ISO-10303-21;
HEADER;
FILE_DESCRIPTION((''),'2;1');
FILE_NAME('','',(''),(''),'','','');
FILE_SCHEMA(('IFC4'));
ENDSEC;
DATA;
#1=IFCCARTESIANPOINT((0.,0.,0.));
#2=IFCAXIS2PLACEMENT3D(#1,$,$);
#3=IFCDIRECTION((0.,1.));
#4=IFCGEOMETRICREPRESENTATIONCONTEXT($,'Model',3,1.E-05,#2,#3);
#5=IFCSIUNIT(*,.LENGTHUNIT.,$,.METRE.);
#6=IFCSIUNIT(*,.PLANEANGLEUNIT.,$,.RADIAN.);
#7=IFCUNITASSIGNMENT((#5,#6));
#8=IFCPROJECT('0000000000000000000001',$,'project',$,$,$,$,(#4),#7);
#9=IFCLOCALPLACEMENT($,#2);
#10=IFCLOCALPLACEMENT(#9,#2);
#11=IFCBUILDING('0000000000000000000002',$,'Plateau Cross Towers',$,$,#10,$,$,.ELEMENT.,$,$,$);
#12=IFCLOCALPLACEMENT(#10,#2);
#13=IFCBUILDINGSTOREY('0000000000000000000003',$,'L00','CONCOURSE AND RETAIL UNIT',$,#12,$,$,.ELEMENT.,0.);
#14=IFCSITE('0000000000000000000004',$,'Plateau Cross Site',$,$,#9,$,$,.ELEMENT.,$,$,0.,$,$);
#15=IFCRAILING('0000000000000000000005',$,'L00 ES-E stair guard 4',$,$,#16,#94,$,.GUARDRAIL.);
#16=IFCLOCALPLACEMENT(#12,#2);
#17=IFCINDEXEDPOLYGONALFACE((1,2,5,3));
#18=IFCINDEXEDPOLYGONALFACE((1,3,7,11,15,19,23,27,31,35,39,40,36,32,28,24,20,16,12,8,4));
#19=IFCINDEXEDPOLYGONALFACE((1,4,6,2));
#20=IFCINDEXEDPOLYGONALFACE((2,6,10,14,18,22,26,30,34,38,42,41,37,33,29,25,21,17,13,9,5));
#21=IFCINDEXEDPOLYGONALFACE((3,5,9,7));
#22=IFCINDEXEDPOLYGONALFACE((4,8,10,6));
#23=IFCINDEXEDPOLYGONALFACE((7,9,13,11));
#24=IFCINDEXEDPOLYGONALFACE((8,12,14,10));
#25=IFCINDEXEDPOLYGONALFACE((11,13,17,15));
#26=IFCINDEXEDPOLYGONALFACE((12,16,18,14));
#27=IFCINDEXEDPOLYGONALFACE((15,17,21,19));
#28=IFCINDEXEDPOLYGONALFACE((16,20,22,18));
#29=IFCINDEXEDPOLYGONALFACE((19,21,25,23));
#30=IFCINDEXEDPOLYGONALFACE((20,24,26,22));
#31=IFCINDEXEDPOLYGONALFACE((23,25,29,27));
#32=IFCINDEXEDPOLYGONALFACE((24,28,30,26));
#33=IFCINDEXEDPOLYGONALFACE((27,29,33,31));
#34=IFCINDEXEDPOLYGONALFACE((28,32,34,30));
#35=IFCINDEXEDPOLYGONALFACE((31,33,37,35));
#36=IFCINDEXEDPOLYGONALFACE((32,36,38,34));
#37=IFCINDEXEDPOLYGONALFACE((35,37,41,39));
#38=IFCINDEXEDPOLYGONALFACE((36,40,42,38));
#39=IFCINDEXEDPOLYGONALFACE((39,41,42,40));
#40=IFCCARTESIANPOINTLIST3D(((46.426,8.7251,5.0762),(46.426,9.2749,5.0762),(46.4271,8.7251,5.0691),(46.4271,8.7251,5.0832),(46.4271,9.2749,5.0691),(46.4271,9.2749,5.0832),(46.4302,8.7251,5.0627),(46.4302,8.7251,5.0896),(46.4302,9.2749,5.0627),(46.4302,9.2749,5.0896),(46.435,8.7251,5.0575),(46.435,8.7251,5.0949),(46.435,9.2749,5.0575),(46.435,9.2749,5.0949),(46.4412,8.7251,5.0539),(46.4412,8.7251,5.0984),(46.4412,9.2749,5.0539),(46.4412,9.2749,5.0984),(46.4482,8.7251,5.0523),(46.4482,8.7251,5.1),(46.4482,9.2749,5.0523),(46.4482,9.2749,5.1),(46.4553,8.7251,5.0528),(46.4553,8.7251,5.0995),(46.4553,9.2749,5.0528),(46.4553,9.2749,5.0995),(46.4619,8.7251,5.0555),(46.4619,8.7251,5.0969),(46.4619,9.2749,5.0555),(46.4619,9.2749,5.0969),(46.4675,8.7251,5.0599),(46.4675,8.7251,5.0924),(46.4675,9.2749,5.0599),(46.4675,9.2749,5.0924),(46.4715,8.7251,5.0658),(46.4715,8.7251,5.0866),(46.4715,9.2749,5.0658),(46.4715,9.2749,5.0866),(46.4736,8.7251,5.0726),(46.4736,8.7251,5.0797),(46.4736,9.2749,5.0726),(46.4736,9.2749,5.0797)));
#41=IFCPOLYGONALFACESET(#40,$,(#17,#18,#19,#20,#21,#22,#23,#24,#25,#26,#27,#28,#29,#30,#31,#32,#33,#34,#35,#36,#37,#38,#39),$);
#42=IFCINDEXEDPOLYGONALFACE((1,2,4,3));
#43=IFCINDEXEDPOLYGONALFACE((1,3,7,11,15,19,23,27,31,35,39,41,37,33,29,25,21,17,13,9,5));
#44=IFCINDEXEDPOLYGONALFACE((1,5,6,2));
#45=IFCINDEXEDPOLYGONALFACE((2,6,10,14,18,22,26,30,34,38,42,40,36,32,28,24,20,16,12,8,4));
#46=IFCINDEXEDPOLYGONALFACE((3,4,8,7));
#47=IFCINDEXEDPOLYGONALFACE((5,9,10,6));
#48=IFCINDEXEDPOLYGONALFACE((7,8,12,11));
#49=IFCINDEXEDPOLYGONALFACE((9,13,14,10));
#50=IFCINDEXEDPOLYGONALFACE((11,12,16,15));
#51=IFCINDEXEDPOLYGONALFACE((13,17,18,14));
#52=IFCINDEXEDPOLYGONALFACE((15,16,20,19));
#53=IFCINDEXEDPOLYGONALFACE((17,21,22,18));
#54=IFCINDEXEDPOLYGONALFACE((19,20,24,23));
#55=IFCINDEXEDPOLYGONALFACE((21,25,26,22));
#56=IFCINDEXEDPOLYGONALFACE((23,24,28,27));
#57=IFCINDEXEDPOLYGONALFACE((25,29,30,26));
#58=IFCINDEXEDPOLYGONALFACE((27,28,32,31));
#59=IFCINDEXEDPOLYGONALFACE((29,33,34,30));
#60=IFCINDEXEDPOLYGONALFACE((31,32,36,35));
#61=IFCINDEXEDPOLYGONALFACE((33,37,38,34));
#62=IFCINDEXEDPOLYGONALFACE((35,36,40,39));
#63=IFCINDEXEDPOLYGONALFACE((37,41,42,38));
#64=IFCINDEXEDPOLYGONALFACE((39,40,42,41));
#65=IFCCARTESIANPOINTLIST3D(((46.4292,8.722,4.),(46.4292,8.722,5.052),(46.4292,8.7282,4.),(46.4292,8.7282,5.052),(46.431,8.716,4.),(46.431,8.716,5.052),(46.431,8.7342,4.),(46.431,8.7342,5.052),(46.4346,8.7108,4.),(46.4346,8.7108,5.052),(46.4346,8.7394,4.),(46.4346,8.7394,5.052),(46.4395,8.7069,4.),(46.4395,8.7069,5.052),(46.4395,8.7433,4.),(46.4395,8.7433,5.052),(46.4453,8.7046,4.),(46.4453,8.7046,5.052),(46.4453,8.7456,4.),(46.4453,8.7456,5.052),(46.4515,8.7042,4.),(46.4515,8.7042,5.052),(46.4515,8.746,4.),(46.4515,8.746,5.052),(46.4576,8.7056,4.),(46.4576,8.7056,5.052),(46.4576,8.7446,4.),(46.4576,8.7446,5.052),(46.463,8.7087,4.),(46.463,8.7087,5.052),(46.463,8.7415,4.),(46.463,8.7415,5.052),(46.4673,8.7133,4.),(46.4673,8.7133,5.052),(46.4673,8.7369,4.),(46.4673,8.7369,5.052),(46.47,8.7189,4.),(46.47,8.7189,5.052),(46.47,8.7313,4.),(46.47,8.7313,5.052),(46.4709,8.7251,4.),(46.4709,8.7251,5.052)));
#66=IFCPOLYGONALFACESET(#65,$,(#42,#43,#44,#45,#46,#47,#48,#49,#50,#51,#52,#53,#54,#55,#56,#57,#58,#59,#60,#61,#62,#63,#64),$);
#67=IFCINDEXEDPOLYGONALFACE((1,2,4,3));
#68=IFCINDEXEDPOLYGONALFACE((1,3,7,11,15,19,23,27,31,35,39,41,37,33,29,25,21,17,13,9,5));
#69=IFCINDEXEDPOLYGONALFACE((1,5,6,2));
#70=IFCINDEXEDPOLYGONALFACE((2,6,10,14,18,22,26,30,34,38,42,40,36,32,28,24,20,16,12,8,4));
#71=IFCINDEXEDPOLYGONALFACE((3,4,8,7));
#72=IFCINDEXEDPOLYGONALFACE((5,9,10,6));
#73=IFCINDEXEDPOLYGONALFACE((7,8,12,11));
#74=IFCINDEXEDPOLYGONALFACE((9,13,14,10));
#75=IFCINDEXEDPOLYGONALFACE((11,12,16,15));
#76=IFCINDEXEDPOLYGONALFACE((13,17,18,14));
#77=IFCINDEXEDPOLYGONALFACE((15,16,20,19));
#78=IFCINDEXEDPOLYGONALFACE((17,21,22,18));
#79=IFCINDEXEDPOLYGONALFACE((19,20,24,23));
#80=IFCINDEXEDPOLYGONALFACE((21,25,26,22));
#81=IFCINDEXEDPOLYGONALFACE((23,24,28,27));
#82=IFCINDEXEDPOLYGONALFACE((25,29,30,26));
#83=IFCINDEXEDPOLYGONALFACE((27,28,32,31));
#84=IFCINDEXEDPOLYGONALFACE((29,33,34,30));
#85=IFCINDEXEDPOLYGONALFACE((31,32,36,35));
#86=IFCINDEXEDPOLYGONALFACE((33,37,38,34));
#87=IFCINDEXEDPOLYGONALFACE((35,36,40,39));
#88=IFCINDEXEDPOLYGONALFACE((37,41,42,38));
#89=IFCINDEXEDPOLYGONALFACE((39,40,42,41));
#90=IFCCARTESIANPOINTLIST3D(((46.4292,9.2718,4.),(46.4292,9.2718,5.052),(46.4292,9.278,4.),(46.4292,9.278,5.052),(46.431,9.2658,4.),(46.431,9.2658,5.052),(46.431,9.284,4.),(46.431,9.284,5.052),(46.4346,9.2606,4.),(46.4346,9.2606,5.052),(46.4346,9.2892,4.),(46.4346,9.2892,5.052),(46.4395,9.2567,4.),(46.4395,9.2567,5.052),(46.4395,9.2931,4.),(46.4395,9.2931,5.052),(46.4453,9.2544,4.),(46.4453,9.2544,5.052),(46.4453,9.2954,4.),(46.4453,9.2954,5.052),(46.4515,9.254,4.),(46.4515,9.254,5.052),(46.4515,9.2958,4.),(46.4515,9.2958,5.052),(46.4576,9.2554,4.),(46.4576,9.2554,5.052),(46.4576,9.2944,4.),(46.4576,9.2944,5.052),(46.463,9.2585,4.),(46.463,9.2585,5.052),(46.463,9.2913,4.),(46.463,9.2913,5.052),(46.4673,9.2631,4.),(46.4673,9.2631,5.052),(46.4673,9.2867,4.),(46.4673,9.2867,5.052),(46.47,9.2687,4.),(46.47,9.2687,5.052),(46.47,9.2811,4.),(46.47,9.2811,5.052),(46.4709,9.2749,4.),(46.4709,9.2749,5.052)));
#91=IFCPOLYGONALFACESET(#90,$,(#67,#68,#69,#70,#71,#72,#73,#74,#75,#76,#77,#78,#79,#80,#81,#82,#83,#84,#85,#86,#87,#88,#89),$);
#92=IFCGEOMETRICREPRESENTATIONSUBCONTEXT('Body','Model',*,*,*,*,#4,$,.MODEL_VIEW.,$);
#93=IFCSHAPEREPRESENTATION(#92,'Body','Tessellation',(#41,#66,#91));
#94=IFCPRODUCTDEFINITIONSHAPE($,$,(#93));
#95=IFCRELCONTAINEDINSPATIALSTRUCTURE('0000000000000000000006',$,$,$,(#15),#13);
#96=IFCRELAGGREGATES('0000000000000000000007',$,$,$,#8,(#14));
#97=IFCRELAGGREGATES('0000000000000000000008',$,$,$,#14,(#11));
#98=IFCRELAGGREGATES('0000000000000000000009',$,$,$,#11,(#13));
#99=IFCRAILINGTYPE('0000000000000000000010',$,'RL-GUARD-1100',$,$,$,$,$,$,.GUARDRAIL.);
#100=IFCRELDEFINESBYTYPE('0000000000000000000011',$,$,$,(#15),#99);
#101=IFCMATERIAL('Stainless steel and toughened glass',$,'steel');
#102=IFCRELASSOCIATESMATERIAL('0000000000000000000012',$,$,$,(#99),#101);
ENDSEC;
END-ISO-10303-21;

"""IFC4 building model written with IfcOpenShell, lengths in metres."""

from ifc_helpers import new_model, si_unit, direction, frame, origin, origin_2d, place, context, subcontext, project, spatial, circle, extrude, material, type_object, element, save


model = new_model("IFC4")

# Units and contexts
model_context = context("Model", 3, precision=1e-05, world=origin(), true_north=direction((0.0, 1.0)))
body_context = subcontext(model_context, "Body", "Model", "MODEL_VIEW")
ifc_project = project(units=[si_unit("LENGTHUNIT", "METRE"), si_unit("PLANEANGLEUNIT", "RADIAN")], contexts=[model_context])

# Site, building, storey
site_placement = place(None, origin())
site = spatial("IfcSite", under=ifc_project, at=site_placement, Name="Plateau Cross Site", CompositionType="ELEMENT", RefElevation=0.0)
building_placement = place(site_placement, origin())
building = spatial("IfcBuilding", under=site, at=building_placement, Name="Plateau Cross Towers", CompositionType="ELEMENT")
storey_placement = place(building_placement, origin())
storey = spatial("IfcBuildingStorey", under=building, at=storey_placement, Name="L00", Description="CONCOURSE AND RETAIL UNIT", CompositionType="ELEMENT", Elevation=0.0)

# Railing
ifc_material_1 = material(Name="Stainless steel and toughened glass", Category="steel")
railing_type_1 = type_object("IfcRailingType", Name="RL-GUARD-1100", PredefinedType="GUARDRAIL", material=ifc_material_1)
railing_1_placement = place(storey_placement, frame((46.45, 8.7251, 4.0)))
element("IfcRailing", 1, at=railing_1_placement, inside=storey, type_object=railing_type_1, Name="L00 ES-E stair guard 4", PredefinedType="GUARDRAIL", context=body_context, shape_type="SweptSolid", body=[
    extrude(circle(Radius=0.0239, at=origin_2d()), frame((0.0, 0.0, 1.0762), z_axis=(0.0, 1.0, 0.0), x_axis=(-1.0, 0.0, 0.0)), (0.0, 0.0, 1.0), 0.5498),
    extrude(circle(Radius=0.021, at=origin_2d()), origin(), (0.0, 0.0, 1.0), 1.052),
    extrude(circle(Radius=0.021, at=origin_2d()), frame((0.0, 0.5498, 0.0)), (0.0, 0.0, 1.0), 1.052),
])

save(model, "model.ifc")
